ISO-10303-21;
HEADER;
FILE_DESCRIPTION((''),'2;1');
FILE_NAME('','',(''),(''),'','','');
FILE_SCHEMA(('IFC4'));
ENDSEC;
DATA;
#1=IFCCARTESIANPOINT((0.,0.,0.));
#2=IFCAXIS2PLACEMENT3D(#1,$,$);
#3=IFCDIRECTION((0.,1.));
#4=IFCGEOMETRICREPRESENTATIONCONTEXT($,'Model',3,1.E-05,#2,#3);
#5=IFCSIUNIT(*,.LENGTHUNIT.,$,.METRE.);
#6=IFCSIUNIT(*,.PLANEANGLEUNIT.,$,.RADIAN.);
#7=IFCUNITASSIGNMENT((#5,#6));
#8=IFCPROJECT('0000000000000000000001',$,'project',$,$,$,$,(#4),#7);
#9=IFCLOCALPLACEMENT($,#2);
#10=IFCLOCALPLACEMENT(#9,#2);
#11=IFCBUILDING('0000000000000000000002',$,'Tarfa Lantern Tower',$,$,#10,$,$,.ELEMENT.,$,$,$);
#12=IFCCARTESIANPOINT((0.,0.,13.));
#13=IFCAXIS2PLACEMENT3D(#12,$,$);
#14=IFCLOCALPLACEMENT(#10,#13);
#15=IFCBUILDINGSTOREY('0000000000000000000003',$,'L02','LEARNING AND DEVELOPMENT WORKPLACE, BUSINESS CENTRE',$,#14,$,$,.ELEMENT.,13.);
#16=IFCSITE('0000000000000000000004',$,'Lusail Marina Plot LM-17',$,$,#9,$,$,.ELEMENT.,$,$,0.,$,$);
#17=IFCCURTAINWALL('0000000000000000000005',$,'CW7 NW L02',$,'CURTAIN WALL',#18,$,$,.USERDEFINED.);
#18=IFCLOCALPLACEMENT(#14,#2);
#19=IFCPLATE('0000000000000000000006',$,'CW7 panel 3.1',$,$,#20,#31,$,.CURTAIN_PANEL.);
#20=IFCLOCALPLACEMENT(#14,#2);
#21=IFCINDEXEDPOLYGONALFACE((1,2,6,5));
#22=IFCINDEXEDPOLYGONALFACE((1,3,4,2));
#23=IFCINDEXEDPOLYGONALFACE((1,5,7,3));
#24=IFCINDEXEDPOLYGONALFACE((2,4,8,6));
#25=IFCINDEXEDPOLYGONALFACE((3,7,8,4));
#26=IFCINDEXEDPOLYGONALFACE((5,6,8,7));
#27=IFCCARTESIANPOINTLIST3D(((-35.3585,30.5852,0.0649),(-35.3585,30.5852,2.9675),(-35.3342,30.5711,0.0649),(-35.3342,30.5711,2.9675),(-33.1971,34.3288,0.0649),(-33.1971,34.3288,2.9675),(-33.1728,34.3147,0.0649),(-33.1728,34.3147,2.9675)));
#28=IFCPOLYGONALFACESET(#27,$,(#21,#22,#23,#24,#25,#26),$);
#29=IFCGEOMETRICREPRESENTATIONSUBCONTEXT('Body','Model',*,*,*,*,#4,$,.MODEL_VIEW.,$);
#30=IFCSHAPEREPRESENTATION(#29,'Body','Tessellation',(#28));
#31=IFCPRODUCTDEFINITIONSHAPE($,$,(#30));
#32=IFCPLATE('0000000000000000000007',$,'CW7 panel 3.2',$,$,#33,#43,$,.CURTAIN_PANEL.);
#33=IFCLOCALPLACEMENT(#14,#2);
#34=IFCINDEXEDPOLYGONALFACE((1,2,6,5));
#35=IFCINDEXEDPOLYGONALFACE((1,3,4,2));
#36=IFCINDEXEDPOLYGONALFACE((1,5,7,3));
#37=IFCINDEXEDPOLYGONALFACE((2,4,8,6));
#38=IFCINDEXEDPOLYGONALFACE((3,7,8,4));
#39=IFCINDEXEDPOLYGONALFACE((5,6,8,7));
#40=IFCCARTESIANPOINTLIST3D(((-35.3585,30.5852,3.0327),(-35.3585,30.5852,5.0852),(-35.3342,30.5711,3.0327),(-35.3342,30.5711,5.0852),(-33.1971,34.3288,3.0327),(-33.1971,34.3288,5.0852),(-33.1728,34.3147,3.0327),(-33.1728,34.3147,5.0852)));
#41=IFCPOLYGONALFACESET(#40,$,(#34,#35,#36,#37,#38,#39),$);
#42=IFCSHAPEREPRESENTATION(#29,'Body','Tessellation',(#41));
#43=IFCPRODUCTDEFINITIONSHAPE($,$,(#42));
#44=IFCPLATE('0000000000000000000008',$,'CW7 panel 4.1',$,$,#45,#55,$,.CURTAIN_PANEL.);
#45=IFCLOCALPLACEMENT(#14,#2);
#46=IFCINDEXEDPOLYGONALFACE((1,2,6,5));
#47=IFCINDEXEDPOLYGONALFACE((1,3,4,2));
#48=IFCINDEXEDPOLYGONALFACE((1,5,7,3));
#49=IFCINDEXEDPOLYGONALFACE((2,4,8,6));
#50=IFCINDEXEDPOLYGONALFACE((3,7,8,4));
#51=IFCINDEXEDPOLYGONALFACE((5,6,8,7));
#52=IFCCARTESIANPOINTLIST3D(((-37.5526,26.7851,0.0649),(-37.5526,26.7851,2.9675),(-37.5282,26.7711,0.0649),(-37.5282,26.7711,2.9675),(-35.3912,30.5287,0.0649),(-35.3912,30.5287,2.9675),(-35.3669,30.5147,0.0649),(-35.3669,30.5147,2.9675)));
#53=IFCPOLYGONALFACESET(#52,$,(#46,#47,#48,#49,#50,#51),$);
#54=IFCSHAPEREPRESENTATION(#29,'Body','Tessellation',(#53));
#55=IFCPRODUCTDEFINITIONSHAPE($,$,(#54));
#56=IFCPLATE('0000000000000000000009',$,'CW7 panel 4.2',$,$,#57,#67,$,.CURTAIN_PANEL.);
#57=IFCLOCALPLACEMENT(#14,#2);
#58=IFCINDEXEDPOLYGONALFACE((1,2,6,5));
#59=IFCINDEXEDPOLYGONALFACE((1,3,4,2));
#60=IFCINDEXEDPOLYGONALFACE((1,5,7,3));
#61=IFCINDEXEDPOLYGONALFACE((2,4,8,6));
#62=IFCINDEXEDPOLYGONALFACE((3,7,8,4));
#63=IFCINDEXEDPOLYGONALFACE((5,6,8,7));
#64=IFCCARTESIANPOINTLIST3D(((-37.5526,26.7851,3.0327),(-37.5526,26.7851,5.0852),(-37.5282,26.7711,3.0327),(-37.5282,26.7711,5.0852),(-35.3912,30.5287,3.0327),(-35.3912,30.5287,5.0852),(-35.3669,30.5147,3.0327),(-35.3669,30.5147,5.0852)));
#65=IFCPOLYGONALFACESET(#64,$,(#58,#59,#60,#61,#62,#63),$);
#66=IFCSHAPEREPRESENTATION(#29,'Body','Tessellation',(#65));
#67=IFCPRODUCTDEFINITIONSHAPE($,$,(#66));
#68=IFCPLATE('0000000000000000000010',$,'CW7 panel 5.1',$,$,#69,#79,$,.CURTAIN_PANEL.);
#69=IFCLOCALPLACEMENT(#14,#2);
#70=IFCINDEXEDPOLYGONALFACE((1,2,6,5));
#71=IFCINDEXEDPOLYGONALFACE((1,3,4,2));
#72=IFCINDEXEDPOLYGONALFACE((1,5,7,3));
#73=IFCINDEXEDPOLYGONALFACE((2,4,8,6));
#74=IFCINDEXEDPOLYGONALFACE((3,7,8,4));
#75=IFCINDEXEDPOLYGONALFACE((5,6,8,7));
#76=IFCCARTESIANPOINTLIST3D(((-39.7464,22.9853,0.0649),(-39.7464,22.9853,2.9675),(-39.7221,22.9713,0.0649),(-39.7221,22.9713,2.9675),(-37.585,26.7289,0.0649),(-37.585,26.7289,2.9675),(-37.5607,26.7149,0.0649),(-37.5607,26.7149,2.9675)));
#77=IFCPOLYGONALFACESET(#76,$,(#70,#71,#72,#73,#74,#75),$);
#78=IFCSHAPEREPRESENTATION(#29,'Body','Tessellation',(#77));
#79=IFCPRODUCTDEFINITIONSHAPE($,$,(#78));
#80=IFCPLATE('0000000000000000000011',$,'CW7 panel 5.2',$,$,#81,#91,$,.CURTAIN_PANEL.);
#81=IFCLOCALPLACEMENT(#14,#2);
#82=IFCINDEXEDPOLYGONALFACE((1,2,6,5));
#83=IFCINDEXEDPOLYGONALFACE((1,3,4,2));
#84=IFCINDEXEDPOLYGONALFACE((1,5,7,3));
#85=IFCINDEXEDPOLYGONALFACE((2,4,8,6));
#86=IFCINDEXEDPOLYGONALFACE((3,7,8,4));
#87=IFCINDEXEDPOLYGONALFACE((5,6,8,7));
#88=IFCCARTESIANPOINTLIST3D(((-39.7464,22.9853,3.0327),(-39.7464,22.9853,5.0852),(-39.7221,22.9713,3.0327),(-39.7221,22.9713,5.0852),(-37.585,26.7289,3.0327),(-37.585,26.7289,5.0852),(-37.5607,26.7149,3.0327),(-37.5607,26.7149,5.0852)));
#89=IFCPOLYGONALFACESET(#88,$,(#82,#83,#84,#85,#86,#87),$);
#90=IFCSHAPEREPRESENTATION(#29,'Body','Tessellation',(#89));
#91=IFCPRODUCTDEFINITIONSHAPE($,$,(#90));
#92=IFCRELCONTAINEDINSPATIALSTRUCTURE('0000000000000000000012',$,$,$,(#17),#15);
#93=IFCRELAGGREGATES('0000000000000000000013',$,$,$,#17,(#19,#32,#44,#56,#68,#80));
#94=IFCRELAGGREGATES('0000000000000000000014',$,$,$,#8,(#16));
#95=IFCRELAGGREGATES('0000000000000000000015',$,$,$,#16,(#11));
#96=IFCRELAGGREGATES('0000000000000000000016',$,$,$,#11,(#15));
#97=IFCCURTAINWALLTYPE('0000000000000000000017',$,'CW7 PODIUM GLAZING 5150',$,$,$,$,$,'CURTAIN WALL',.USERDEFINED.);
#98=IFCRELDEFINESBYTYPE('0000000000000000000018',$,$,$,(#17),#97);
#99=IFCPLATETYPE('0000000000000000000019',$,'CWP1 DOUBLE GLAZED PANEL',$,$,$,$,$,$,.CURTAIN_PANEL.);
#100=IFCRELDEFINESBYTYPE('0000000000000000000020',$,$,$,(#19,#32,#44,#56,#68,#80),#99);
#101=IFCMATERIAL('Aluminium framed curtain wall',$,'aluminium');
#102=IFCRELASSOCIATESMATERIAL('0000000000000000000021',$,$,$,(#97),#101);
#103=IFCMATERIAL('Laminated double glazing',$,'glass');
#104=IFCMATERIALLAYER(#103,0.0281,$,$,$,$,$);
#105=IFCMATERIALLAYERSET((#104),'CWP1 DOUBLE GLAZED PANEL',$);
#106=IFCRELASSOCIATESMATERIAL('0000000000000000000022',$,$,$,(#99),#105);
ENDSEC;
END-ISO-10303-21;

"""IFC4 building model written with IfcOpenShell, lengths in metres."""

from ifc_helpers import new_model, si_unit, direction, frame, origin, origin_2d, place, context, subcontext, project, spatial, rectangle, extrude, material, layer, layer_set, type_object, element, aggregate, save


model = new_model("IFC4")

# Units and contexts
model_context = context("Model", 3, precision=1e-05, world=origin(), true_north=direction((0.0, 1.0)))
body_context = subcontext(model_context, "Body", "Model", "MODEL_VIEW")
ifc_project = project(units=[si_unit("LENGTHUNIT", "METRE"), si_unit("PLANEANGLEUNIT", "RADIAN")], contexts=[model_context])

# Site, building, storey
site_placement = place(None, origin())
site = spatial("IfcSite", under=ifc_project, at=site_placement, Name="Lusail Marina Plot LM-17", CompositionType="ELEMENT", RefElevation=0.0)
building_placement = place(site_placement, origin())
building = spatial("IfcBuilding", under=site, at=building_placement, Name="Tarfa Lantern Tower", CompositionType="ELEMENT")
storey_placement = place(building_placement, frame((0.0, 0.0, 13.0)))
storey = spatial("IfcBuildingStorey", under=building, at=storey_placement, Name="L02", Description="LEARNING AND DEVELOPMENT WORKPLACE, BUSINESS CENTRE", CompositionType="ELEMENT", Elevation=13.0)

# Shared definitions
ifc_material_1 = material(Name="Aluminium framed curtain wall", Category="aluminium")
curtain_wall_type = type_object("IfcCurtainWallType", Name="CW7 PODIUM GLAZING 5150", ElementType="CURTAIN WALL", PredefinedType="USERDEFINED", material=ifc_material_1)

# Curtain wall
curtain_wall_1_placement = place(storey_placement, origin())
curtain_wall_1 = element("IfcCurtainWall", 1, at=curtain_wall_1_placement, inside=storey, type_object=curtain_wall_type, Name="CW7 NW L02", ObjectType="CURTAIN WALL", PredefinedType="USERDEFINED")

# Plates
ifc_material_2 = material(Name="Laminated double glazing", Category="glass")
ifc_layer = layer(ifc_material_2, 0.0281)
ifc_layer_set = layer_set([ifc_layer], Name="CWP1 DOUBLE GLAZED PANEL")
plate_type = type_object("IfcPlateType", Name="CWP1 DOUBLE GLAZED PANEL", PredefinedType="CURTAIN_PANEL", material=ifc_layer_set)
plate_1_placement = place(storey_placement, frame((-34.2656, 32.45, 0.0649), z_axis=(0.0, 0.0, 1.0), x_axis=(-0.5, -0.866025, 0.0)))
plate_1 = element("IfcPlate", 2, at=plate_1_placement, type_object=plate_type, Name="CW7 panel 3.1", PredefinedType="CURTAIN_PANEL", context=body_context, shape_type="SweptSolid", body=[
    extrude(rectangle(XDim=4.3228, YDim=0.0281, at=origin_2d()), origin(), (0.0, 0.0, 1.0), 2.9026),
])
plate_2_placement = place(storey_placement, frame((-34.2656, 32.45, 3.0327), z_axis=(0.0, 0.0, 1.0), x_axis=(-0.5, -0.866025, 0.0)))
plate_2 = element("IfcPlate", 3, at=plate_2_placement, type_object=plate_type, Name="CW7 panel 3.2", PredefinedType="CURTAIN_PANEL", context=body_context, shape_type="SweptSolid", body=[
    extrude(rectangle(XDim=4.3228, YDim=0.0281, at=origin_2d()), origin(), (0.0, 0.0, 1.0), 2.0525),
])
plate_3_placement = place(storey_placement, frame((-36.4597, 28.6499, 0.0649), z_axis=(0.0, 0.0, 1.0), x_axis=(-0.5, -0.866025, 0.0)))
plate_3 = element("IfcPlate", 4, at=plate_3_placement, type_object=plate_type, Name="CW7 panel 4.1", PredefinedType="CURTAIN_PANEL", context=body_context, shape_type="SweptSolid", body=[
    extrude(rectangle(XDim=4.3228, YDim=0.0281, at=origin_2d()), origin(), (0.0, 0.0, 1.0), 2.9026),
])
plate_4_placement = place(storey_placement, frame((-36.4597, 28.6499, 3.0327), z_axis=(0.0, 0.0, 1.0), x_axis=(-0.5, -0.866025, 0.0)))
plate_4 = element("IfcPlate", 5, at=plate_4_placement, type_object=plate_type, Name="CW7 panel 4.2", PredefinedType="CURTAIN_PANEL", context=body_context, shape_type="SweptSolid", body=[
    extrude(rectangle(XDim=4.3228, YDim=0.0281, at=origin_2d()), origin(), (0.0, 0.0, 1.0), 2.0525),
])
plate_5_placement = place(storey_placement, frame((-38.6536, 24.8501, 0.0649), z_axis=(0.0, 0.0, 1.0), x_axis=(-0.5, -0.866025, 0.0)))
plate_5 = element("IfcPlate", 6, at=plate_5_placement, type_object=plate_type, Name="CW7 panel 5.1", PredefinedType="CURTAIN_PANEL", context=body_context, shape_type="SweptSolid", body=[
    extrude(rectangle(XDim=4.3228, YDim=0.0281, at=origin_2d()), origin(), (0.0, 0.0, 1.0), 2.9026),
])
plate_6_placement = place(storey_placement, frame((-38.6536, 24.8501, 3.0327), z_axis=(0.0, 0.0, 1.0), x_axis=(-0.5, -0.866025, 0.0)))
plate_6 = element("IfcPlate", 7, at=plate_6_placement, type_object=plate_type, Name="CW7 panel 5.2", PredefinedType="CURTAIN_PANEL", context=body_context, shape_type="SweptSolid", body=[
    extrude(rectangle(XDim=4.3228, YDim=0.0281, at=origin_2d()), origin(), (0.0, 0.0, 1.0), 2.0525),
])
aggregate(curtain_wall_1, [plate_1, plate_2, plate_3, plate_4, plate_5, plate_6])

save(model, "model.ifc")
